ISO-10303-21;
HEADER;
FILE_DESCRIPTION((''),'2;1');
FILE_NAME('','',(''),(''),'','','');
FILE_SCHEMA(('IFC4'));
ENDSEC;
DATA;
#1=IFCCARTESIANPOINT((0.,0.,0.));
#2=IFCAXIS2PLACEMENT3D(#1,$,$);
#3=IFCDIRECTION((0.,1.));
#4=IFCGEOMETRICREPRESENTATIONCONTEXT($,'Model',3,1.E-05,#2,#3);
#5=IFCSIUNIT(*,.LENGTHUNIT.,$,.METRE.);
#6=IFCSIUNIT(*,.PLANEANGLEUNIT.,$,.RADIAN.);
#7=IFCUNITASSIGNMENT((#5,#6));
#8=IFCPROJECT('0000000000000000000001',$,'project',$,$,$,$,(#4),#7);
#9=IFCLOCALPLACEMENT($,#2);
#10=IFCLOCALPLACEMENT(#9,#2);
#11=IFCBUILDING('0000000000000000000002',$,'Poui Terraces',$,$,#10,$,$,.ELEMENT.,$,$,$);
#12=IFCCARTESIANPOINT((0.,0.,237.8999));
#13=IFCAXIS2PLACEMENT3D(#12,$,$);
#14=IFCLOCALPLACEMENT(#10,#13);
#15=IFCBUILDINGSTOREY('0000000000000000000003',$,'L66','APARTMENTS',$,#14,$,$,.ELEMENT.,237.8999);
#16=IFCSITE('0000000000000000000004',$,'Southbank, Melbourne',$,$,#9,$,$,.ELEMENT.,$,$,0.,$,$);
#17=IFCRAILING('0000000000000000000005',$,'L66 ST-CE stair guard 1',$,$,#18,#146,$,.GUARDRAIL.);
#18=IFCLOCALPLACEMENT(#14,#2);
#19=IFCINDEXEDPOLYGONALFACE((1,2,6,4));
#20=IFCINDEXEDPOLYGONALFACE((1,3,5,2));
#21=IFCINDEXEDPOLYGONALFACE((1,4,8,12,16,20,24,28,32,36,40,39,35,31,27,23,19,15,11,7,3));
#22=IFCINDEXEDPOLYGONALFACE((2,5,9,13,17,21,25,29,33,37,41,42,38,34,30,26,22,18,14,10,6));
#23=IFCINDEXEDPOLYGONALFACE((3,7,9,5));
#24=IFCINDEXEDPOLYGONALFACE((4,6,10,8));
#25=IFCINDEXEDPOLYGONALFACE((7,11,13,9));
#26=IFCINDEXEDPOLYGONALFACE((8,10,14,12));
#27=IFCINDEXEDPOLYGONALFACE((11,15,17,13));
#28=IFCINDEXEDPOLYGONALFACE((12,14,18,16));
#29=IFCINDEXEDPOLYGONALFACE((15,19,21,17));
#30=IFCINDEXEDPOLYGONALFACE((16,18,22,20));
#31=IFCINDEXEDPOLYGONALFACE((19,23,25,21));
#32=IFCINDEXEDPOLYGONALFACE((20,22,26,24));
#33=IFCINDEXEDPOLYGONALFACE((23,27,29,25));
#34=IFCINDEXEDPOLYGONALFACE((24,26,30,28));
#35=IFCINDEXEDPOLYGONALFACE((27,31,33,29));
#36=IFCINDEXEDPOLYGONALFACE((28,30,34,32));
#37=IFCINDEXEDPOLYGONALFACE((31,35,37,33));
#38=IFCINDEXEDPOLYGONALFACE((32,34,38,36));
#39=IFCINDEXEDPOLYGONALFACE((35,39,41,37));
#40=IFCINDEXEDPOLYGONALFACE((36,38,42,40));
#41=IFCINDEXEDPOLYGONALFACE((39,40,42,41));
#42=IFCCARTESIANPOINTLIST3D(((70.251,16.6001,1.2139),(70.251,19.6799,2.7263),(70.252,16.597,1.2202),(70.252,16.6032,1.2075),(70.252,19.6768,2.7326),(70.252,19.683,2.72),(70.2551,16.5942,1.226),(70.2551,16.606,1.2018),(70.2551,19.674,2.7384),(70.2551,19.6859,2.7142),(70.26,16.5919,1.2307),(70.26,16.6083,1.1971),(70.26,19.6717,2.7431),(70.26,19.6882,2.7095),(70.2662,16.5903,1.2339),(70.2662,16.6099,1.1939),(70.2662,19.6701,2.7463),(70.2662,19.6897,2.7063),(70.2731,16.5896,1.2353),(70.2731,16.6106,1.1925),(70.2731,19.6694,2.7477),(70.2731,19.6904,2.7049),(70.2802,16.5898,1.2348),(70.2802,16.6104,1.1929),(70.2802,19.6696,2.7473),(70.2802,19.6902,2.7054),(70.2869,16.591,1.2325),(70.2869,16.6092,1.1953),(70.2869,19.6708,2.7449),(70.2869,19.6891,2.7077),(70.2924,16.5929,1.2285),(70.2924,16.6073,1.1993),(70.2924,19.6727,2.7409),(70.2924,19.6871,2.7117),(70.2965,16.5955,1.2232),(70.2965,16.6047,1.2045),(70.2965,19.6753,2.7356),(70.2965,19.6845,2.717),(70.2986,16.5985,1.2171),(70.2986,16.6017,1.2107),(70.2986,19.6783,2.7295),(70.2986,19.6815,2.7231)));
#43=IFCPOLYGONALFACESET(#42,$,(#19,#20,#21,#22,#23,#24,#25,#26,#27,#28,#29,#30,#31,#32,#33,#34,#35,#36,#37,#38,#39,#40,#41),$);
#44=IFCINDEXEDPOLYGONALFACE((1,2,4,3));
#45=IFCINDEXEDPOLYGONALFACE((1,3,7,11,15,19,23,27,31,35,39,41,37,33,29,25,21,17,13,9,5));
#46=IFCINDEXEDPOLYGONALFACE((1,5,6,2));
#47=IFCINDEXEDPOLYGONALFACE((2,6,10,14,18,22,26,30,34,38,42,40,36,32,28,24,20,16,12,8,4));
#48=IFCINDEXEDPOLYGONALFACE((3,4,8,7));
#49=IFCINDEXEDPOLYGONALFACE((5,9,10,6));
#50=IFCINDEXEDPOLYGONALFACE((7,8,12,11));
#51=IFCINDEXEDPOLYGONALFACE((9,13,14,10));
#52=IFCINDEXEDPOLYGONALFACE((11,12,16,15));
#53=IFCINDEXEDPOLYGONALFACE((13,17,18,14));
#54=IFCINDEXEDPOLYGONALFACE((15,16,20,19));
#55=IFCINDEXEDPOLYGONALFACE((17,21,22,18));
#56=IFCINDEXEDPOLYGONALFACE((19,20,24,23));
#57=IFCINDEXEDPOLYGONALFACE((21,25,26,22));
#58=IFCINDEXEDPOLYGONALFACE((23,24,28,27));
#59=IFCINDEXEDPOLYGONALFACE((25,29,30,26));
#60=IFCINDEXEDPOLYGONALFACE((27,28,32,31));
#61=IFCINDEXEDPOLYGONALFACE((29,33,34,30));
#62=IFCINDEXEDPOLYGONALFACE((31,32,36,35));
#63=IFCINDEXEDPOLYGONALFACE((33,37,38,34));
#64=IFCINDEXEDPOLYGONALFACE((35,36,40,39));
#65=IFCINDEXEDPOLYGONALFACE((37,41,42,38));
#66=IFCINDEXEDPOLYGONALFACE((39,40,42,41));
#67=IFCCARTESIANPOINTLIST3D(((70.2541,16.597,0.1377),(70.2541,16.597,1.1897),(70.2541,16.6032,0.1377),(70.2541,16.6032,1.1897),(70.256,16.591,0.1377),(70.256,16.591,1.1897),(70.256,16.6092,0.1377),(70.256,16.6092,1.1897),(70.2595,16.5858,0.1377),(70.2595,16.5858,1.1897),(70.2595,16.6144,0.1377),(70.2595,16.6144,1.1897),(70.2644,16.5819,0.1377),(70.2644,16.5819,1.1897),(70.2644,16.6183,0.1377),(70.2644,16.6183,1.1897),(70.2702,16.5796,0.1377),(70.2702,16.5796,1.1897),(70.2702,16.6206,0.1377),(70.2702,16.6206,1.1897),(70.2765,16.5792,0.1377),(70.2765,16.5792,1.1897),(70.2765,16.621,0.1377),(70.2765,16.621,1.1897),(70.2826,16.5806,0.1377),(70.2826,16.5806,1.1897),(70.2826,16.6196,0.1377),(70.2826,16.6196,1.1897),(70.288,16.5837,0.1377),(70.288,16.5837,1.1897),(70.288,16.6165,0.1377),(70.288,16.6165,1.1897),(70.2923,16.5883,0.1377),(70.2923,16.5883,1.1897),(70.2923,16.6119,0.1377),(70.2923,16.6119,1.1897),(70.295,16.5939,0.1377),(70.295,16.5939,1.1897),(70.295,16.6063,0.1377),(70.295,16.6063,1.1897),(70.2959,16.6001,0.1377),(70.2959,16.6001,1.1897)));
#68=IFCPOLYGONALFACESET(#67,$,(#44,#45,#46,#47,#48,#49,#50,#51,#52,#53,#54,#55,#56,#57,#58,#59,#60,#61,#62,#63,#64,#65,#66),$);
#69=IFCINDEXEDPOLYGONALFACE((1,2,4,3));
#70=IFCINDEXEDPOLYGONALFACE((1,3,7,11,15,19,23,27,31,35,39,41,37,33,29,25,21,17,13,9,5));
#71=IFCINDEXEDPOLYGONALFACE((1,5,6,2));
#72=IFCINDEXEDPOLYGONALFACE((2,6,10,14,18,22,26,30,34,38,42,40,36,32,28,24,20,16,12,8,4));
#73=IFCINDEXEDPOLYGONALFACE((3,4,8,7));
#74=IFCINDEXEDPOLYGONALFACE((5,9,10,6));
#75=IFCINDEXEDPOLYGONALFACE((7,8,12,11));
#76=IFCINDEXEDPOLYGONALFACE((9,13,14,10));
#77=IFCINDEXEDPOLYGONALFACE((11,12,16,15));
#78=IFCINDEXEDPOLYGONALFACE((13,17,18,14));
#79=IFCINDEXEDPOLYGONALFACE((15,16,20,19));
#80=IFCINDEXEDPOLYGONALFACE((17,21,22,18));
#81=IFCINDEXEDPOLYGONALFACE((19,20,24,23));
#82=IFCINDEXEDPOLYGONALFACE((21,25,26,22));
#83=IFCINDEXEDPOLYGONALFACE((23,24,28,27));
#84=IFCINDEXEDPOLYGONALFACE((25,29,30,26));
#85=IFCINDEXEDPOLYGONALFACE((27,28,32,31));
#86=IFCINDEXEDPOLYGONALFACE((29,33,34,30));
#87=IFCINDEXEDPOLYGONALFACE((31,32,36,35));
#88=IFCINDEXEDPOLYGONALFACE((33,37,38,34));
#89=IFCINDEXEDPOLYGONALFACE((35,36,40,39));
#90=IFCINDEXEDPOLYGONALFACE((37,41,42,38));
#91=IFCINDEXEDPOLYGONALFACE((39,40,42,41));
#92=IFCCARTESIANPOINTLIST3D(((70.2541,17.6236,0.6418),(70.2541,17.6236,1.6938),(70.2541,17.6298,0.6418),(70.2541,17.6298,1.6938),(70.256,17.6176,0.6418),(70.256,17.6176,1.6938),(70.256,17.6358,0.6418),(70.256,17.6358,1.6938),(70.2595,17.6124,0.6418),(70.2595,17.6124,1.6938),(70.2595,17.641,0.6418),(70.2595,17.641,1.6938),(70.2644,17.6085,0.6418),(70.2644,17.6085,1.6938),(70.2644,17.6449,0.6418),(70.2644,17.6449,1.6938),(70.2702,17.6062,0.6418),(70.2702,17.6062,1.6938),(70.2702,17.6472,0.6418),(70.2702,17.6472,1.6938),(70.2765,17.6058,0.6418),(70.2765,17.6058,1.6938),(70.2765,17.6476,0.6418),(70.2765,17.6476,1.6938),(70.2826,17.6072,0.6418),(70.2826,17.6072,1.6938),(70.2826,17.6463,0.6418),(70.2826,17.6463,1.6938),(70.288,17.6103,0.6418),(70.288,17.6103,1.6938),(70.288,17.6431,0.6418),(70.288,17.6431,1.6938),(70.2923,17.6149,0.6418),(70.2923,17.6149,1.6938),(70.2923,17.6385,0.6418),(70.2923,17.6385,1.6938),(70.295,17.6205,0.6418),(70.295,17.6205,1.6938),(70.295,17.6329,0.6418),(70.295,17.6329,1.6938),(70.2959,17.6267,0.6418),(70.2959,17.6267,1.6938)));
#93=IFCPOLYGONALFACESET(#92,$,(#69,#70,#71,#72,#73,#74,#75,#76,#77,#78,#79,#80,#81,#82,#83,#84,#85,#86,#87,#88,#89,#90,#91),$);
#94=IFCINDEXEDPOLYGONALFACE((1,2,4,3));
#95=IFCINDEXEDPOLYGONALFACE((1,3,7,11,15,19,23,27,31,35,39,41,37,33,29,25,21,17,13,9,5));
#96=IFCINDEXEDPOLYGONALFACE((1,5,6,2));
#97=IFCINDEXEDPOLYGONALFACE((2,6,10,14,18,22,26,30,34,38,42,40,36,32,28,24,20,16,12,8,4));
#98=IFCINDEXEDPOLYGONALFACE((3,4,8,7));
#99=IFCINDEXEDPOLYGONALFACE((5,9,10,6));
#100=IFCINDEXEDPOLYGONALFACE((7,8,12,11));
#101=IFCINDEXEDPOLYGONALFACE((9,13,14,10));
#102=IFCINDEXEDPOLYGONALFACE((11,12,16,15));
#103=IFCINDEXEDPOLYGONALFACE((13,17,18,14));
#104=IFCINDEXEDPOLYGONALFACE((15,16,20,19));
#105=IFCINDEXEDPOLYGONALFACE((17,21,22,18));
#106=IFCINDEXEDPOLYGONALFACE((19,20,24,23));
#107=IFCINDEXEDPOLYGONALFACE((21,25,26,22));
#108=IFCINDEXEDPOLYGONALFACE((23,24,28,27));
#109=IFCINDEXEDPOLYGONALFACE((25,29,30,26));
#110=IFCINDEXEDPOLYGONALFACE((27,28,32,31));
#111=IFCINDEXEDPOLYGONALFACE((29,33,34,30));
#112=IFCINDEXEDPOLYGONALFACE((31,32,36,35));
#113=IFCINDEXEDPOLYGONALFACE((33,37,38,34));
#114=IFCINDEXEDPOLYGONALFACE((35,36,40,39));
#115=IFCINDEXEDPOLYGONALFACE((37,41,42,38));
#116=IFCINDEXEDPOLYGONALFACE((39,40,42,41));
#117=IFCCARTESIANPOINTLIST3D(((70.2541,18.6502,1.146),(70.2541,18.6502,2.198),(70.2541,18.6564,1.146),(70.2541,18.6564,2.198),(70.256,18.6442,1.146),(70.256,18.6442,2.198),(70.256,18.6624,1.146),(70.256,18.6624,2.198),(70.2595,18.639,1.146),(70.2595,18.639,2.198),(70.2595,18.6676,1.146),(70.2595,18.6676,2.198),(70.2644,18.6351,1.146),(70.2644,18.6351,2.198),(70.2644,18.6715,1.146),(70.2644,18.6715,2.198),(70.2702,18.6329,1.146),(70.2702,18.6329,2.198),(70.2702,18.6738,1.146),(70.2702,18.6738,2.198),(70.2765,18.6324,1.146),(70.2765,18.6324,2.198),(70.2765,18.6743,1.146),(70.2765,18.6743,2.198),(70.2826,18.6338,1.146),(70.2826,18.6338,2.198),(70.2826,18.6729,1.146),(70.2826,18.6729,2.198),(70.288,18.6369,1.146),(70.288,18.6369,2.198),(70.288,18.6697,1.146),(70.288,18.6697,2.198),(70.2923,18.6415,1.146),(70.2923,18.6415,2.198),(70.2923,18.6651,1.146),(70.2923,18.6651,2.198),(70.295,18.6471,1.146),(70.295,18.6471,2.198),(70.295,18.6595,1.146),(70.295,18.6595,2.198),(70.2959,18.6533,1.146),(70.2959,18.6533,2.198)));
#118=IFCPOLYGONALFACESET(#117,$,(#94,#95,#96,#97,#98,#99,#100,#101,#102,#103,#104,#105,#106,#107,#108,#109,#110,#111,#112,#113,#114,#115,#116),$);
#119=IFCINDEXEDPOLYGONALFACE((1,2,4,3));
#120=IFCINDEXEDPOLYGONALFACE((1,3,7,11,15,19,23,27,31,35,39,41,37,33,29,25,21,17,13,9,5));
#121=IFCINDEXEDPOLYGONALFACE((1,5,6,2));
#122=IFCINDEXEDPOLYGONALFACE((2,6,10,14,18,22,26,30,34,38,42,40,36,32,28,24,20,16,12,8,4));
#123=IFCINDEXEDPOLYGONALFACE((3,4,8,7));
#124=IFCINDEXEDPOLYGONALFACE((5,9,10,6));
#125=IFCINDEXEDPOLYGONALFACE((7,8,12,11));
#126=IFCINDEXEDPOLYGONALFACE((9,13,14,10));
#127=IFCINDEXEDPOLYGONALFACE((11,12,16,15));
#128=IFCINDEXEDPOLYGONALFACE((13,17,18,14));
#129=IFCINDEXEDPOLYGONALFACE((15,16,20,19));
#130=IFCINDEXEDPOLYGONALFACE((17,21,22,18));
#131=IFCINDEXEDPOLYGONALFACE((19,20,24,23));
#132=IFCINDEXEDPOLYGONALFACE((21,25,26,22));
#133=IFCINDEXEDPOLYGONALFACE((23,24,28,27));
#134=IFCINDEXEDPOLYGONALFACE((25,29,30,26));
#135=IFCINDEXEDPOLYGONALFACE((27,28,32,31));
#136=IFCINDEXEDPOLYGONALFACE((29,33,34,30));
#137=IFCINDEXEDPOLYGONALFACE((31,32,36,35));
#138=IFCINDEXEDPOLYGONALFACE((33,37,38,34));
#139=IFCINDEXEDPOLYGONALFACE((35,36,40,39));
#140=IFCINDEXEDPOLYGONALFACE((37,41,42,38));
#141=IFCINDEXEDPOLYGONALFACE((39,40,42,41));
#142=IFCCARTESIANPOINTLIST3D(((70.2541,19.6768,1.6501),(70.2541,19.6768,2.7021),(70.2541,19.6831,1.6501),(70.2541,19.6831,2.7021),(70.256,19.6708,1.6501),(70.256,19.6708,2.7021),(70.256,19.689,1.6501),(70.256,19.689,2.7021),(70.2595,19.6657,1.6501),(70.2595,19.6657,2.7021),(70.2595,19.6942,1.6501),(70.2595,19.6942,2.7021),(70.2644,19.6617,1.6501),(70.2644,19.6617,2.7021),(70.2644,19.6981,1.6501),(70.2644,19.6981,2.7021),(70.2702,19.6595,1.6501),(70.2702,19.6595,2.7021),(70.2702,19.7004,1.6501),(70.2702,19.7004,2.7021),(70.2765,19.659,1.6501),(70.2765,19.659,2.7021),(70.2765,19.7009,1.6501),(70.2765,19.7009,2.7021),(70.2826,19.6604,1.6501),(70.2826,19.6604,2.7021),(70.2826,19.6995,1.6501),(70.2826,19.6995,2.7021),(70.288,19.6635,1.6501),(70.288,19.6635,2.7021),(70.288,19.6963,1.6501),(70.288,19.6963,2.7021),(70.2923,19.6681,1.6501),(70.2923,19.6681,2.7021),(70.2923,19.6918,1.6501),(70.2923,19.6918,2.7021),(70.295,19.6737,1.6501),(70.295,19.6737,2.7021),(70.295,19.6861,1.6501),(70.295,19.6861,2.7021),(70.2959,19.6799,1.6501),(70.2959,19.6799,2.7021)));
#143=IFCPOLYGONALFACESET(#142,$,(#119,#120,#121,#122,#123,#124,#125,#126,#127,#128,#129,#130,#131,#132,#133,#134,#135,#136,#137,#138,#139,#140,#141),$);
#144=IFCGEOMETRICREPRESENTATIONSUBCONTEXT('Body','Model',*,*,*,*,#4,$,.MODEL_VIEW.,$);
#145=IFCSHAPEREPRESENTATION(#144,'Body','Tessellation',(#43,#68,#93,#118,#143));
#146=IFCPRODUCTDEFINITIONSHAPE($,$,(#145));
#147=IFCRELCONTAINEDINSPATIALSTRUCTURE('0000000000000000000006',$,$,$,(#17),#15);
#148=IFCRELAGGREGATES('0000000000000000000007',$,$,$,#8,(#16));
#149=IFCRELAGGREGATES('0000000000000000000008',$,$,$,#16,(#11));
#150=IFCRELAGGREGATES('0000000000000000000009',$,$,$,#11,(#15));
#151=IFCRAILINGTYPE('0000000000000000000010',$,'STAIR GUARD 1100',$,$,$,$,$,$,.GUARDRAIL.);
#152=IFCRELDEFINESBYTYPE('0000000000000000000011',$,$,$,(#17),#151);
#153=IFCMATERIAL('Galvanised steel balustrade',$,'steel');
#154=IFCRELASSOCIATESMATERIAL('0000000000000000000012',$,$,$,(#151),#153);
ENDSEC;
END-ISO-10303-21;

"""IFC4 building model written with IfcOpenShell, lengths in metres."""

from ifc_helpers import new_model, si_unit, direction, frame, origin, origin_2d, place, context, subcontext, project, spatial, circle, extrude, material, type_object, element, save


model = new_model("IFC4")

# Units and contexts
model_context = context("Model", 3, precision=1e-05, world=origin(), true_north=direction((0.0, 1.0)))
body_context = subcontext(model_context, "Body", "Model", "MODEL_VIEW")
ifc_project = project(units=[si_unit("LENGTHUNIT", "METRE"), si_unit("PLANEANGLEUNIT", "RADIAN")], contexts=[model_context])

# Site, building, storey
site_placement = place(None, origin())
site = spatial("IfcSite", under=ifc_project, at=site_placement, Name="Southbank, Melbourne", CompositionType="ELEMENT", RefElevation=0.0)
building_placement = place(site_placement, origin())
building = spatial("IfcBuilding", under=site, at=building_placement, Name="Poui Terraces", CompositionType="ELEMENT")
storey_placement = place(building_placement, frame((0.0, 0.0, 237.8999)))
storey = spatial("IfcBuildingStorey", under=building, at=storey_placement, Name="L66", Description="APARTMENTS", CompositionType="ELEMENT", Elevation=237.8999)

# Railing
ifc_material_1 = material(Name="Galvanised steel balustrade", Category="steel")
railing_type_1 = type_object("IfcRailingType", Name="STAIR GUARD 1100", PredefinedType="GUARDRAIL", material=ifc_material_1)
railing_1_placement = place(storey_placement, frame((70.2749, 16.6001, 0.1377)))
element("IfcRailing", 1, at=railing_1_placement, inside=storey, type_object=railing_type_1, Name="L66 ST-CE stair guard 1", PredefinedType="GUARDRAIL", context=body_context, shape_type="SweptSolid", body=[
    extrude(circle(Radius=0.0239, at=origin_2d()), frame((0.0, 0.0, 1.0762), z_axis=(0.0, 0.897606, 0.440798), x_axis=(-1.0, 0.0, 0.0)), (0.0, 0.0, 1.0), 3.4312),
    extrude(circle(Radius=0.021, at=origin_2d()), origin(), (0.0, 0.0, 1.0), 1.052),
    extrude(circle(Radius=0.021, at=origin_2d()), frame((0.0, 1.0266, 0.5042)), (0.0, 0.0, 1.0), 1.052),
    extrude(circle(Radius=0.021, at=origin_2d()), frame((0.0, 2.0532, 1.0083)), (0.0, 0.0, 1.0), 1.052),
    extrude(circle(Radius=0.021, at=origin_2d()), frame((0.0, 3.0798, 1.5125)), (0.0, 0.0, 1.0), 1.052),
])

save(model, "model.ifc")
